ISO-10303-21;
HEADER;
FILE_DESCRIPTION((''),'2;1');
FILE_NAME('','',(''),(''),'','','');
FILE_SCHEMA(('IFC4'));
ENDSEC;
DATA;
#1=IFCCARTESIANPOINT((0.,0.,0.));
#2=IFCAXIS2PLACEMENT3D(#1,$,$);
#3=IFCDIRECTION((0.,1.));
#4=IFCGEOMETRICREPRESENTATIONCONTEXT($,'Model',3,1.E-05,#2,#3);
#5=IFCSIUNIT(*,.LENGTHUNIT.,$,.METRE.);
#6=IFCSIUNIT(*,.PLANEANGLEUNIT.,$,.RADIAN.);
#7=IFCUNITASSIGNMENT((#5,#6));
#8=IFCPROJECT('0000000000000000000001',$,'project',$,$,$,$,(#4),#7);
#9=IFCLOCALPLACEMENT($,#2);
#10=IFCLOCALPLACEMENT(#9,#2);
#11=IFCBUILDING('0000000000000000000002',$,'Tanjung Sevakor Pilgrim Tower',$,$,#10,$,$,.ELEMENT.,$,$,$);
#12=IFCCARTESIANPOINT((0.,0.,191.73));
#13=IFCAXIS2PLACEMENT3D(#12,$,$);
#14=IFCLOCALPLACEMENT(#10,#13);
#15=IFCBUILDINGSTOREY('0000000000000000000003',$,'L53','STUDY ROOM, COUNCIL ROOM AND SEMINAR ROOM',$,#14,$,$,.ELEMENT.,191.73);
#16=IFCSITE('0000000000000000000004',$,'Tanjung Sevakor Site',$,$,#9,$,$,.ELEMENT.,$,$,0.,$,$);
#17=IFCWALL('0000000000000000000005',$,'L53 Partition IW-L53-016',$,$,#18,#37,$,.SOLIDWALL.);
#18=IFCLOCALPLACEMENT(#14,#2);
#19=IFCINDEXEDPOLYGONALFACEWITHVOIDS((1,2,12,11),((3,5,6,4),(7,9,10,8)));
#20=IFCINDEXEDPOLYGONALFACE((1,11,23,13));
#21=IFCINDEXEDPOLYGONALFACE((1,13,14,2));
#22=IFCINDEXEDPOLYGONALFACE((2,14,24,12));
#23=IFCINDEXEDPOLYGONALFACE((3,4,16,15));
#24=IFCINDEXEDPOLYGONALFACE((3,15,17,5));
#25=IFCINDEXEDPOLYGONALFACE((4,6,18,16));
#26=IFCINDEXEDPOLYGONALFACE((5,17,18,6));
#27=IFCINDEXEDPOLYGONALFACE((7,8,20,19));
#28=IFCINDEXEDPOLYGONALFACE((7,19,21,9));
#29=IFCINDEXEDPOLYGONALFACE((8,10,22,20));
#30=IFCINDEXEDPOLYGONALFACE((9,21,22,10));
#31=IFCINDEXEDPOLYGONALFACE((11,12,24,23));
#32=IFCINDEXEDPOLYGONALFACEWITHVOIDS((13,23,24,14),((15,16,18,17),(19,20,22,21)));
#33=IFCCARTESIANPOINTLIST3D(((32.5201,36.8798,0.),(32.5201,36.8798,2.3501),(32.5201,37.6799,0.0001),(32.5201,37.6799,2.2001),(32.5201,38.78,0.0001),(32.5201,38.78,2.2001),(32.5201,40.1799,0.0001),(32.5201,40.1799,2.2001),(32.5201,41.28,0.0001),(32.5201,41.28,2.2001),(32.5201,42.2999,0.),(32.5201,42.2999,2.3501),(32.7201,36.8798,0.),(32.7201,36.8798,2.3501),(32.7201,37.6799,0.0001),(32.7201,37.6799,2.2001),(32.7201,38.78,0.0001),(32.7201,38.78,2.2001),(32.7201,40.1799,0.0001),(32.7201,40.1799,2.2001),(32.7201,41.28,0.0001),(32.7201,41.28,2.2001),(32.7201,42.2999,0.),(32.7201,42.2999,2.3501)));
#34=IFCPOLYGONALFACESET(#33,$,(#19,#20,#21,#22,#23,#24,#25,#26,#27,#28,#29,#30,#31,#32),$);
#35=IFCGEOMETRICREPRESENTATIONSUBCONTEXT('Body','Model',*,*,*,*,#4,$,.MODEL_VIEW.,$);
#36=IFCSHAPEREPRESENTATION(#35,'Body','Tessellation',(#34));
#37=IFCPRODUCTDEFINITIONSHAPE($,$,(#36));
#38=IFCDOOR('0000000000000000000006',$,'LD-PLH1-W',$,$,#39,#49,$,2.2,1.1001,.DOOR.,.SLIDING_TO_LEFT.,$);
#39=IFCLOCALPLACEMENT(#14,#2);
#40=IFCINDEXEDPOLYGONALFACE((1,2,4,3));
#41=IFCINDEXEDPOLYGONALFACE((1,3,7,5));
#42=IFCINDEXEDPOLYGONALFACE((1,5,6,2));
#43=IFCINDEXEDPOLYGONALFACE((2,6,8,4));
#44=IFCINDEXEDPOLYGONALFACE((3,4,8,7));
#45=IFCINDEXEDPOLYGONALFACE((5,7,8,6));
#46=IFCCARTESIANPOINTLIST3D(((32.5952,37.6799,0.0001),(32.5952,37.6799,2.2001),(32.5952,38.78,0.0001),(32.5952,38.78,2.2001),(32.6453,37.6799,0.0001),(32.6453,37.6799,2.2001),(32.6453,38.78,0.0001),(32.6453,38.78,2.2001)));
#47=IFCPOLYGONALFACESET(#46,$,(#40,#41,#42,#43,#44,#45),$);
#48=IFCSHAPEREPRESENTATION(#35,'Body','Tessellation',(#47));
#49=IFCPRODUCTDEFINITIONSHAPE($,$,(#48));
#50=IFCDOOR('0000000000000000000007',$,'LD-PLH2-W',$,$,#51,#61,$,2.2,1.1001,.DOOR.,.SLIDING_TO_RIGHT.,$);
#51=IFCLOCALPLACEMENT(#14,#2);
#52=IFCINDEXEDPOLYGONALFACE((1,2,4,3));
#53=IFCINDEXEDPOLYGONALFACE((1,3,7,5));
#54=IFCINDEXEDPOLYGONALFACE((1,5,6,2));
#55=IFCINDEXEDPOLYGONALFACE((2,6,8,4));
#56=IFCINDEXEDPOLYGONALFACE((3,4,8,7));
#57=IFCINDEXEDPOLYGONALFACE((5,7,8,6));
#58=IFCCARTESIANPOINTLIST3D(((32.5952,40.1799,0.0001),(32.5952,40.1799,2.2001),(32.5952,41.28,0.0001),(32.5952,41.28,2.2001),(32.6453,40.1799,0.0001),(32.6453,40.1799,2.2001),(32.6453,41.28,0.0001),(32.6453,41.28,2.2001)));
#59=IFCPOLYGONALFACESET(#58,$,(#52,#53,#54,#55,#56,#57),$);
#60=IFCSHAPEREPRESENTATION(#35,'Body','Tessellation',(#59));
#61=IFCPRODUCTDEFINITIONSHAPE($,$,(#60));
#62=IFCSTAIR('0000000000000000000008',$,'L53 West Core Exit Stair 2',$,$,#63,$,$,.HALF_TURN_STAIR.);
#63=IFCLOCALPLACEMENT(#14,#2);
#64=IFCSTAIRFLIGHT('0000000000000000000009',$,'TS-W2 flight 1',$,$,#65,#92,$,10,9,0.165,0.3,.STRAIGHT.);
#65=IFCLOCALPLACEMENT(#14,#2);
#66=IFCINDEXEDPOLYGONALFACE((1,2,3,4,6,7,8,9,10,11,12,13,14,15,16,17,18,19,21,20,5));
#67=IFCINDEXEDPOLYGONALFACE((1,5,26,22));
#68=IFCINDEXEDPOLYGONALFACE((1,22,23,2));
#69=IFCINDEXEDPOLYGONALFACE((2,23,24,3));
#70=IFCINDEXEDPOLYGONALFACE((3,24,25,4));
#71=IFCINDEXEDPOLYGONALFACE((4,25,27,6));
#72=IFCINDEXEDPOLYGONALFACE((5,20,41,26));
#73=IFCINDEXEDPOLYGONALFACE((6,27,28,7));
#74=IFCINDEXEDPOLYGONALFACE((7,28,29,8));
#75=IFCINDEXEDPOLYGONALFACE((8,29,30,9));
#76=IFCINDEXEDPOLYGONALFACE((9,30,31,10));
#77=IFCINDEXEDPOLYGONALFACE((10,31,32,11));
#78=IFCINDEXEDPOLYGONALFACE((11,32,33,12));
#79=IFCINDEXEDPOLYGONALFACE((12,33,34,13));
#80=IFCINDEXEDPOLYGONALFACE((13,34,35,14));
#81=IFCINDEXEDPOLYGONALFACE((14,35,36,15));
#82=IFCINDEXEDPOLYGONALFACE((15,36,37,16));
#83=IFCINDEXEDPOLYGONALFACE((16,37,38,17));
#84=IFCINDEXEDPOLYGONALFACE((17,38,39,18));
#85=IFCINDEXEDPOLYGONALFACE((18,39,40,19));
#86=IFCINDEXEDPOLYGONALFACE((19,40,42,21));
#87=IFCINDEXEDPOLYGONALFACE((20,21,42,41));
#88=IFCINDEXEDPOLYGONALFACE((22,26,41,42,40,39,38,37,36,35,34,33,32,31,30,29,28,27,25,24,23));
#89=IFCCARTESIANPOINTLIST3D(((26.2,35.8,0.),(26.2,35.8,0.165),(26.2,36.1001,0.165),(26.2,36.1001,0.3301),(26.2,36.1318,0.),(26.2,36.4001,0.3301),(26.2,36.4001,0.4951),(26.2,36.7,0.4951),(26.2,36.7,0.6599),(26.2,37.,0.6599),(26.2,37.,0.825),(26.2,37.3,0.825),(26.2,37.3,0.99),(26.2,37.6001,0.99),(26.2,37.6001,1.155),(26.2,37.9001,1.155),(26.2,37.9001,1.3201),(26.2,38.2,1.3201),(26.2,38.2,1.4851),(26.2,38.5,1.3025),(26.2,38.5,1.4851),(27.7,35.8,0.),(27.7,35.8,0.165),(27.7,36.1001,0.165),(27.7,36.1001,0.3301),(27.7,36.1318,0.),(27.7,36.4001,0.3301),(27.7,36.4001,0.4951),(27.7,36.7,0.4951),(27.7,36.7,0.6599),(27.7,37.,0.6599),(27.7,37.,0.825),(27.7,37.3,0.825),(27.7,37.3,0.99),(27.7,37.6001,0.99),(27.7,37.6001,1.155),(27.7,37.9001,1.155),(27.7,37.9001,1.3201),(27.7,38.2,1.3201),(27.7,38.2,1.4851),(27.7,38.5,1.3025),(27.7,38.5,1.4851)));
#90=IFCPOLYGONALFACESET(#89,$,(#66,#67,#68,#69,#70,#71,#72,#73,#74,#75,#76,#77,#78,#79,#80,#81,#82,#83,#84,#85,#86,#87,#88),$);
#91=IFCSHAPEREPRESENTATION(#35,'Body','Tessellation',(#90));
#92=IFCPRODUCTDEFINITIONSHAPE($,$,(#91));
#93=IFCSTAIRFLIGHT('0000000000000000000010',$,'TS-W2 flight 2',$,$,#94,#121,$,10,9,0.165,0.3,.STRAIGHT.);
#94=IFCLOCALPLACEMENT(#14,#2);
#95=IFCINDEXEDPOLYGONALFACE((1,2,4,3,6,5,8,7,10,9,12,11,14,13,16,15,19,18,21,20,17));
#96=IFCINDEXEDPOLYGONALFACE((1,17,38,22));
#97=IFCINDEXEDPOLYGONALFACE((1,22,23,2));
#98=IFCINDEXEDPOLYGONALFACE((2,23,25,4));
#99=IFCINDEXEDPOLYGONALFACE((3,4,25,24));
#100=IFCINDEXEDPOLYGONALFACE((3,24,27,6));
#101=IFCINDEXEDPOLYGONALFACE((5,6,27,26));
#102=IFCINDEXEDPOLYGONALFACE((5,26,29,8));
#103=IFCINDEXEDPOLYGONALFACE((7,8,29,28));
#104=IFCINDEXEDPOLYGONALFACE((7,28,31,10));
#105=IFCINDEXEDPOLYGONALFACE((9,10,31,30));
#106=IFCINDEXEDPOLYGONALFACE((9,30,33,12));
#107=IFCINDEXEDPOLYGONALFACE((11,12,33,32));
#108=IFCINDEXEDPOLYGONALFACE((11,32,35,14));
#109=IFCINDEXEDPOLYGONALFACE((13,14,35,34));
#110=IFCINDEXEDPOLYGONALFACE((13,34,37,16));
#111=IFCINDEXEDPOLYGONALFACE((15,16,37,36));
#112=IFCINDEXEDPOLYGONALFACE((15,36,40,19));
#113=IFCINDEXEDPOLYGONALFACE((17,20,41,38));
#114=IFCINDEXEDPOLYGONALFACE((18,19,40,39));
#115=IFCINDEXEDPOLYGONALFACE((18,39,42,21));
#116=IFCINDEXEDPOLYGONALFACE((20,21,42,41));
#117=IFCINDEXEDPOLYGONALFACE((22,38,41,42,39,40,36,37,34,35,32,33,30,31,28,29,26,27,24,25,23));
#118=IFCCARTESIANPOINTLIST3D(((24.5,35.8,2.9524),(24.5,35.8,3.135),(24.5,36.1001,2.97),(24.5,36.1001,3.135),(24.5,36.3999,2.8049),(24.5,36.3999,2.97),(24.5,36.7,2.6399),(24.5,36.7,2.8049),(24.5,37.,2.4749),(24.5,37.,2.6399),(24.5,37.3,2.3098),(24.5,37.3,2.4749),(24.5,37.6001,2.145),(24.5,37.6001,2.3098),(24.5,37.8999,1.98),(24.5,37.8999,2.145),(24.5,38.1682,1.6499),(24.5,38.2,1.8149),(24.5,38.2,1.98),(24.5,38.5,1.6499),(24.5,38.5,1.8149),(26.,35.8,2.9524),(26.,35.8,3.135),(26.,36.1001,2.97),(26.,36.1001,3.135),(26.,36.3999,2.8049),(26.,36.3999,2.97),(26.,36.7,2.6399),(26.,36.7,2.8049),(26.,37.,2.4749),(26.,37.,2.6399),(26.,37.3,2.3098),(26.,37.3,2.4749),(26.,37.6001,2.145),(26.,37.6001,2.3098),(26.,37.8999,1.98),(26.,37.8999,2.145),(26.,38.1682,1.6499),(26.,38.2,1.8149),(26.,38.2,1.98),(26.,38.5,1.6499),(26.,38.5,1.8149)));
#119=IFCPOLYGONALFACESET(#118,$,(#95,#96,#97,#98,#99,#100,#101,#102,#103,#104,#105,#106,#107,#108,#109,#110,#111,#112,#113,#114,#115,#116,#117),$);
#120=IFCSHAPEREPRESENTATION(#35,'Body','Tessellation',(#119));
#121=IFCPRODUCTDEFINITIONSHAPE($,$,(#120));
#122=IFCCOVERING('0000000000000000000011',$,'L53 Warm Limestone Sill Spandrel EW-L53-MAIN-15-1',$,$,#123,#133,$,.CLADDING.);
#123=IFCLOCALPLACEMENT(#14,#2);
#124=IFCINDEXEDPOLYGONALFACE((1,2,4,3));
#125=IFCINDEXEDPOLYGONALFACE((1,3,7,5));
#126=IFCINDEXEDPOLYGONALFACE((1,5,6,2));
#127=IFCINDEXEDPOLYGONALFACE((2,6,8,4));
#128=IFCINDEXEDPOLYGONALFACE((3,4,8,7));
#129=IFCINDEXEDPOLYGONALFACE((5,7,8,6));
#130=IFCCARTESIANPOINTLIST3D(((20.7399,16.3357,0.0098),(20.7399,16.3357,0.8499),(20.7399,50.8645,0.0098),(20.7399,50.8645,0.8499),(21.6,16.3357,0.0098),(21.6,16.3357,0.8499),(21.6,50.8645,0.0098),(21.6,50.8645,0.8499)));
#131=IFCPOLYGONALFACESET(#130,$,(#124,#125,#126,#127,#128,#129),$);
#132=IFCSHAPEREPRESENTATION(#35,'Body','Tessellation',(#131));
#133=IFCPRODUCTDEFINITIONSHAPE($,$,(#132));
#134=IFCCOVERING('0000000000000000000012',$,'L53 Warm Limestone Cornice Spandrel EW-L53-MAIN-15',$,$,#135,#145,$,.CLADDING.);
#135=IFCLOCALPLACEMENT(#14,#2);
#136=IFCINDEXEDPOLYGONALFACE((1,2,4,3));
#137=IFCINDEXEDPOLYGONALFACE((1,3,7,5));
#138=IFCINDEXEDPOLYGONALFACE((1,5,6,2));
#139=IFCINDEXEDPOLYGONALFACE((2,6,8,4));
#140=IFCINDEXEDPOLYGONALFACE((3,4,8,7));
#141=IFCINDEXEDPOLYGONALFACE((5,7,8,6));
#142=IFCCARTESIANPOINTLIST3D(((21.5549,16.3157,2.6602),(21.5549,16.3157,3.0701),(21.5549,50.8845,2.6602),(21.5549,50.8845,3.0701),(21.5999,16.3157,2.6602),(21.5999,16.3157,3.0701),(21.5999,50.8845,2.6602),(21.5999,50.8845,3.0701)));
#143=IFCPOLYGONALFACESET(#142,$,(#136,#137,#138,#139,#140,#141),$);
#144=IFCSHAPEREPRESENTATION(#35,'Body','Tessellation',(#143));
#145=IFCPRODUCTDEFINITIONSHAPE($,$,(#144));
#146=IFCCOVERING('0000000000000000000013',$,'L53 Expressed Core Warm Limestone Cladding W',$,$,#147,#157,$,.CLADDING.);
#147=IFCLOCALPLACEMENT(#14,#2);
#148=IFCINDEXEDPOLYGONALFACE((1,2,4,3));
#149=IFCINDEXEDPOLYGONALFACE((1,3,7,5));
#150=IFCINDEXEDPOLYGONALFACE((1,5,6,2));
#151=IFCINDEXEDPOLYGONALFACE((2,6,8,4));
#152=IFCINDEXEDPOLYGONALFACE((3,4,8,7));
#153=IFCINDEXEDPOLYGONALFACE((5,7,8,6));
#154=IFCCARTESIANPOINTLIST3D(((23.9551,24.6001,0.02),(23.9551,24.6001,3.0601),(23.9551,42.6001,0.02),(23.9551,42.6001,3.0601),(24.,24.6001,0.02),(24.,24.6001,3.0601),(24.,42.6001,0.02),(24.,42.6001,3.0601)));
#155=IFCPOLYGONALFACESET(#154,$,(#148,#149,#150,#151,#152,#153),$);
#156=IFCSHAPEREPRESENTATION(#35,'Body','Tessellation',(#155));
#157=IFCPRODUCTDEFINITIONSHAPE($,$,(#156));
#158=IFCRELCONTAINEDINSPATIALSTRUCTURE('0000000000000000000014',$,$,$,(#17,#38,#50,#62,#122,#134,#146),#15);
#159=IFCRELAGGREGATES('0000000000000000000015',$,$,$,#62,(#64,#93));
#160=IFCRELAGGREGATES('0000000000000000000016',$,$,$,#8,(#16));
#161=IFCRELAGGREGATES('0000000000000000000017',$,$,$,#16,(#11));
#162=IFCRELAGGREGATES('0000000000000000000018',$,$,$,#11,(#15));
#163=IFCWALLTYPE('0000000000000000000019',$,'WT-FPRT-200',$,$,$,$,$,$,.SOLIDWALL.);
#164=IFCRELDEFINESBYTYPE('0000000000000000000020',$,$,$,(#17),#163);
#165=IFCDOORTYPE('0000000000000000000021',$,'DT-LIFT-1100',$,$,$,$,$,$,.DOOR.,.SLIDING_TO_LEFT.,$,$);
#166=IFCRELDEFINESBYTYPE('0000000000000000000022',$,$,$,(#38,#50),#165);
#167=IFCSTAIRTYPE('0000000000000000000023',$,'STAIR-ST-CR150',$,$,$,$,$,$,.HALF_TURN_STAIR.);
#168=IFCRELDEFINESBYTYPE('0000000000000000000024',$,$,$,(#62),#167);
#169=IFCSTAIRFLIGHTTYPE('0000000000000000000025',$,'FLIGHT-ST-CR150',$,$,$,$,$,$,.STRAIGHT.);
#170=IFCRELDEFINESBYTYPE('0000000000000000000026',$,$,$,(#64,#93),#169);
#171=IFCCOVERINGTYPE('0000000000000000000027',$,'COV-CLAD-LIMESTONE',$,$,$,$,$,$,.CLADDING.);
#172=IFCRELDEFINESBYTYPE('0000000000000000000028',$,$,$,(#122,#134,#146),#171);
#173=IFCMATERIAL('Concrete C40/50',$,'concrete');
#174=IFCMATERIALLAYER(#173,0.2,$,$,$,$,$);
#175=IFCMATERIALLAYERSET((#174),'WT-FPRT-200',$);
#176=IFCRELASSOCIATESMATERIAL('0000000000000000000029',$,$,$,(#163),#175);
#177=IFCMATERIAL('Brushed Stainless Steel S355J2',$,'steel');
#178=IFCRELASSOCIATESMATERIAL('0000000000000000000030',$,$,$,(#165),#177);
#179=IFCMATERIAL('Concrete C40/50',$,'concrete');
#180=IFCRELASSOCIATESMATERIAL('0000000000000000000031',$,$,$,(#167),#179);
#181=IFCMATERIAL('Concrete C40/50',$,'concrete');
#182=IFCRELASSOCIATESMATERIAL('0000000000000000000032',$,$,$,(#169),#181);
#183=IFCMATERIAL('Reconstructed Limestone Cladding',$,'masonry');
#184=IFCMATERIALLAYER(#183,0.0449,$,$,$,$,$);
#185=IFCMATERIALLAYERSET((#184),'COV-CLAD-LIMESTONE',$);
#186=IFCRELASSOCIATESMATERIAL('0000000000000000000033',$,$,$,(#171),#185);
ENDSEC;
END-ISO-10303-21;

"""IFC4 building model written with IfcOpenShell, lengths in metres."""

from ifc_helpers import new_model, si_unit, direction, frame, frame_2d, origin, origin_2d, place, context, subcontext, project, spatial, polyline, rectangle, outline, extrude, material, layer, layer_set, type_object, element, fill, aggregate, save


model = new_model("IFC4")

# Units and contexts
model_context = context("Model", 3, precision=1e-05, world=origin(), true_north=direction((0.0, 1.0)))
body_context = subcontext(model_context, "Body", "Model", "MODEL_VIEW")
ifc_project = project(units=[si_unit("LENGTHUNIT", "METRE"), si_unit("PLANEANGLEUNIT", "RADIAN")], contexts=[model_context])

# Site, building, storey
site_placement = place(None, origin())
site = spatial("IfcSite", under=ifc_project, at=site_placement, Name="Tanjung Sevakor Site", CompositionType="ELEMENT", RefElevation=0.0)
building_placement = place(site_placement, origin())
building = spatial("IfcBuilding", under=site, at=building_placement, Name="Tanjung Sevakor Pilgrim Tower", CompositionType="ELEMENT")
storey_placement = place(building_placement, frame((0.0, 0.0, 191.73)))
storey = spatial("IfcBuildingStorey", under=building, at=storey_placement, Name="L53", Description="STUDY ROOM, COUNCIL ROOM AND SEMINAR ROOM", CompositionType="ELEMENT", Elevation=191.73)

# Wall, openings, doors
ifc_material_1 = material(Name="Concrete C40/50", Category="concrete")
ifc_layer_1 = layer(ifc_material_1, 0.2)
ifc_layer_set_1 = layer_set([ifc_layer_1], Name="WT-FPRT-200")
wall_type_1 = type_object("IfcWallType", Name="WT-FPRT-200", PredefinedType="SOLIDWALL", material=ifc_layer_set_1)
wall_1_placement = place(storey_placement, frame((32.6201, 36.8799, 0.0), z_axis=(0.0, 0.0, 1.0), x_axis=(0.0, 1.0, 0.0)))
wall_1 = element("IfcWall", 1, at=wall_1_placement, inside=storey, type_object=wall_type_1, Name="L53 Partition IW-L53-016", PredefinedType="SOLIDWALL", context=body_context, shape_type="SweptSolid", body=[
    extrude(rectangle(XDim=5.4202, YDim=0.2, at=frame_2d((2.71, 0.0))), origin(), (0.0, 0.0, 1.0), 2.3501),
])
opening_1_placement = place(wall_1_placement, frame((0.8, 0.0, 0.0)))
opening_1 = element("IfcOpeningElement", 2, at=opening_1_placement, cuts=wall_1, PredefinedType="OPENING", context=body_context, shape_type="SweptSolid", body=[
    extrude(rectangle(XDim=1.1001, YDim=2.2, at=frame_2d((0.55, 1.1001))), frame((0.0, 0.1099, 0.0), z_axis=(0.0, -1.0, 0.0), x_axis=(1.0, 0.0, 0.0)), (0.0, 0.0, 1.0), 0.22),
])
opening_2_placement = place(wall_1_placement, frame((3.3, 0.0, 0.0)))
opening_2 = element("IfcOpeningElement", 3, at=opening_2_placement, cuts=wall_1, PredefinedType="OPENING", context=body_context, shape_type="SweptSolid", body=[
    extrude(rectangle(XDim=1.1001, YDim=2.2, at=frame_2d((0.55, 1.1001))), frame((0.0, 0.1099, 0.0), z_axis=(0.0, -1.0, 0.0), x_axis=(1.0, 0.0, 0.0)), (0.0, 0.0, 1.0), 0.22),
])
ifc_material_2 = material(Name="Brushed Stainless Steel S355J2", Category="steel")
door_type_1 = type_object("IfcDoorType", Name="DT-LIFT-1100", OperationType="SLIDING_TO_LEFT", PredefinedType="DOOR", material=ifc_material_2)
door_1_placement = place(opening_1_placement, origin())
door_1 = element("IfcDoor", 4, at=door_1_placement, inside=storey, type_object=door_type_1, Name="LD-PLH1-W", OperationType="SLIDING_TO_LEFT", OverallHeight=2.2, OverallWidth=1.1001, PredefinedType="DOOR", context=body_context, shape_type="SweptSolid", body=[
    extrude(rectangle(XDim=1.1001, YDim=2.2, at=frame_2d((0.55, 1.1001))), frame((0.0, 0.0249, 0.0), z_axis=(0.0, -1.0, 0.0), x_axis=(1.0, 0.0, 0.0)), (0.0, 0.0, 1.0), 0.05),
])
fill(opening_1, door_1)
door_2_placement = place(opening_2_placement, origin())
door_2 = element("IfcDoor", 5, at=door_2_placement, inside=storey, type_object=door_type_1, Name="LD-PLH2-W", OperationType="SLIDING_TO_RIGHT", OverallHeight=2.2, OverallWidth=1.1001, PredefinedType="DOOR", context=body_context, shape_type="SweptSolid", body=[
    extrude(rectangle(XDim=1.1001, YDim=2.2, at=frame_2d((0.55, 1.1001))), frame((0.0, 0.0249, 0.0), z_axis=(0.0, -1.0, 0.0), x_axis=(1.0, 0.0, 0.0)), (0.0, 0.0, 1.0), 0.05),
])
fill(opening_2, door_2)

# Stair, stair flights
ifc_material_3 = material(Name="Concrete C40/50", Category="concrete")
stair_type = type_object("IfcStairType", Name="STAIR-ST-CR150", PredefinedType="HALF_TURN_STAIR", material=ifc_material_3)
stair_placement = place(storey_placement, origin())
stair = element("IfcStair", 6, at=stair_placement, inside=storey, type_object=stair_type, Name="L53 West Core Exit Stair 2", PredefinedType="HALF_TURN_STAIR")
ifc_material_4 = material(Name="Concrete C40/50", Category="concrete")
stair_flight_type = type_object("IfcStairFlightType", Name="FLIGHT-ST-CR150", PredefinedType="STRAIGHT", material=ifc_material_4)
stair_flight_1_placement = place(storey_placement, frame((26.95, 35.8, 0.0), z_axis=(0.0, 0.0, 1.0), x_axis=(0.0, 1.0, 0.0)))
stair_flight_1 = element("IfcStairFlight", 7, at=stair_flight_1_placement, type_object=stair_flight_type, Name="TS-W2 flight 1", NumberOfRisers=10, NumberOfTreads=9, PredefinedType="STRAIGHT", RiserHeight=0.165, TreadLength=0.3, context=body_context, shape_type="SweptSolid", body=[
    extrude(outline(polyline([(0.0, 0.0), (0.0, 0.165), (0.3, 0.165), (0.3, 0.3301), (0.6001, 0.3301), (0.6001, 0.4951), (0.8999, 0.4951), (0.8999, 0.6599), (1.2, 0.6599), (1.2, 0.825), (1.5, 0.825), (1.5, 0.99), (1.8, 0.99), (1.8, 1.155), (2.1001, 1.155), (2.1001, 1.3201), (2.3999, 1.3201), (2.3999, 1.4851), (2.7, 1.4851), (2.7, 1.6499), (2.7, 1.3025), (0.3318, 0.0), (0.0, 0.0)])), frame((0.0, 0.75, 0.0), z_axis=(0.0, -1.0, 0.0), x_axis=(1.0, 0.0, 0.0)), (0.0, 0.0, 1.0), 1.5),
])
stair_flight_2_placement = place(storey_placement, frame((25.25, 38.5, 1.6499), z_axis=(0.0, 0.0, 1.0), x_axis=(0.0, -1.0, 0.0)))
stair_flight_2 = element("IfcStairFlight", 8, at=stair_flight_2_placement, type_object=stair_flight_type, Name="TS-W2 flight 2", NumberOfRisers=10, NumberOfTreads=9, PredefinedType="STRAIGHT", RiserHeight=0.165, TreadLength=0.3, context=body_context, shape_type="SweptSolid", body=[
    extrude(outline(polyline([(0.0, 0.0), (0.0, 0.165), (0.3, 0.165), (0.3, 0.3301), (0.6001, 0.3301), (0.6001, 0.4951), (0.8999, 0.4951), (0.8999, 0.6599), (1.2, 0.6599), (1.2, 0.825), (1.5, 0.825), (1.5, 0.99), (1.8, 0.99), (1.8, 1.155), (2.1001, 1.155), (2.1001, 1.3201), (2.3999, 1.3201), (2.3999, 1.4851), (2.7, 1.4851), (2.7, 1.6499), (2.7, 1.3025), (0.3318, 0.0), (0.0, 0.0)])), frame((0.0, 0.75, 0.0), z_axis=(0.0, -1.0, 0.0), x_axis=(1.0, 0.0, 0.0)), (0.0, 0.0, 1.0), 1.5),
])
aggregate(stair, [stair_flight_1, stair_flight_2])

# Coverings
ifc_material_5 = material(Name="Reconstructed Limestone Cladding", Category="masonry")
ifc_layer_2 = layer(ifc_material_5, 0.0449)
ifc_layer_set_2 = layer_set([ifc_layer_2], Name="COV-CLAD-LIMESTONE")
covering_type = type_object("IfcCoveringType", Name="COV-CLAD-LIMESTONE", PredefinedType="CLADDING", material=ifc_layer_set_2)
covering_1_placement = place(storey_placement, frame((21.1699, 33.6001, 0.0098), z_axis=(0.0, 0.0, 1.0), x_axis=(0.0, -1.0, 0.0)))
element("IfcCovering", 9, at=covering_1_placement, inside=storey, type_object=covering_type, Name="L53 Warm Limestone Sill Spandrel EW-L53-MAIN-15-1", PredefinedType="CLADDING", context=body_context, shape_type="SweptSolid", body=[
    extrude(rectangle(XDim=34.5288, YDim=0.8601, at=origin_2d()), origin(), (0.0, 0.0, 1.0), 0.8401),
])
covering_2_placement = place(storey_placement, frame((21.5774, 33.6001, 2.6602), z_axis=(0.0, 0.0, 1.0), x_axis=(0.0, -1.0, 0.0)))
element("IfcCovering", 10, at=covering_2_placement, inside=storey, type_object=covering_type, Name="L53 Warm Limestone Cornice Spandrel EW-L53-MAIN-15", PredefinedType="CLADDING", context=body_context, shape_type="SweptSolid", body=[
    extrude(rectangle(XDim=34.5688, YDim=0.0449, at=origin_2d()), origin(), (0.0, 0.0, 1.0), 0.4099),
])
covering_3_placement = place(storey_placement, frame((23.9775, 33.6001, 0.02), z_axis=(0.0, 0.0, 1.0), x_axis=(1.0, 0.0, 0.0)))
element("IfcCovering", 11, at=covering_3_placement, inside=storey, type_object=covering_type, Name="L53 Expressed Core Warm Limestone Cladding W", PredefinedType="CLADDING", context=body_context, shape_type="SweptSolid", body=[
    extrude(rectangle(XDim=0.0449, YDim=18.0, at=origin_2d()), origin(), (0.0, 0.0, 1.0), 3.04),
])

save(model, "model.ifc")
